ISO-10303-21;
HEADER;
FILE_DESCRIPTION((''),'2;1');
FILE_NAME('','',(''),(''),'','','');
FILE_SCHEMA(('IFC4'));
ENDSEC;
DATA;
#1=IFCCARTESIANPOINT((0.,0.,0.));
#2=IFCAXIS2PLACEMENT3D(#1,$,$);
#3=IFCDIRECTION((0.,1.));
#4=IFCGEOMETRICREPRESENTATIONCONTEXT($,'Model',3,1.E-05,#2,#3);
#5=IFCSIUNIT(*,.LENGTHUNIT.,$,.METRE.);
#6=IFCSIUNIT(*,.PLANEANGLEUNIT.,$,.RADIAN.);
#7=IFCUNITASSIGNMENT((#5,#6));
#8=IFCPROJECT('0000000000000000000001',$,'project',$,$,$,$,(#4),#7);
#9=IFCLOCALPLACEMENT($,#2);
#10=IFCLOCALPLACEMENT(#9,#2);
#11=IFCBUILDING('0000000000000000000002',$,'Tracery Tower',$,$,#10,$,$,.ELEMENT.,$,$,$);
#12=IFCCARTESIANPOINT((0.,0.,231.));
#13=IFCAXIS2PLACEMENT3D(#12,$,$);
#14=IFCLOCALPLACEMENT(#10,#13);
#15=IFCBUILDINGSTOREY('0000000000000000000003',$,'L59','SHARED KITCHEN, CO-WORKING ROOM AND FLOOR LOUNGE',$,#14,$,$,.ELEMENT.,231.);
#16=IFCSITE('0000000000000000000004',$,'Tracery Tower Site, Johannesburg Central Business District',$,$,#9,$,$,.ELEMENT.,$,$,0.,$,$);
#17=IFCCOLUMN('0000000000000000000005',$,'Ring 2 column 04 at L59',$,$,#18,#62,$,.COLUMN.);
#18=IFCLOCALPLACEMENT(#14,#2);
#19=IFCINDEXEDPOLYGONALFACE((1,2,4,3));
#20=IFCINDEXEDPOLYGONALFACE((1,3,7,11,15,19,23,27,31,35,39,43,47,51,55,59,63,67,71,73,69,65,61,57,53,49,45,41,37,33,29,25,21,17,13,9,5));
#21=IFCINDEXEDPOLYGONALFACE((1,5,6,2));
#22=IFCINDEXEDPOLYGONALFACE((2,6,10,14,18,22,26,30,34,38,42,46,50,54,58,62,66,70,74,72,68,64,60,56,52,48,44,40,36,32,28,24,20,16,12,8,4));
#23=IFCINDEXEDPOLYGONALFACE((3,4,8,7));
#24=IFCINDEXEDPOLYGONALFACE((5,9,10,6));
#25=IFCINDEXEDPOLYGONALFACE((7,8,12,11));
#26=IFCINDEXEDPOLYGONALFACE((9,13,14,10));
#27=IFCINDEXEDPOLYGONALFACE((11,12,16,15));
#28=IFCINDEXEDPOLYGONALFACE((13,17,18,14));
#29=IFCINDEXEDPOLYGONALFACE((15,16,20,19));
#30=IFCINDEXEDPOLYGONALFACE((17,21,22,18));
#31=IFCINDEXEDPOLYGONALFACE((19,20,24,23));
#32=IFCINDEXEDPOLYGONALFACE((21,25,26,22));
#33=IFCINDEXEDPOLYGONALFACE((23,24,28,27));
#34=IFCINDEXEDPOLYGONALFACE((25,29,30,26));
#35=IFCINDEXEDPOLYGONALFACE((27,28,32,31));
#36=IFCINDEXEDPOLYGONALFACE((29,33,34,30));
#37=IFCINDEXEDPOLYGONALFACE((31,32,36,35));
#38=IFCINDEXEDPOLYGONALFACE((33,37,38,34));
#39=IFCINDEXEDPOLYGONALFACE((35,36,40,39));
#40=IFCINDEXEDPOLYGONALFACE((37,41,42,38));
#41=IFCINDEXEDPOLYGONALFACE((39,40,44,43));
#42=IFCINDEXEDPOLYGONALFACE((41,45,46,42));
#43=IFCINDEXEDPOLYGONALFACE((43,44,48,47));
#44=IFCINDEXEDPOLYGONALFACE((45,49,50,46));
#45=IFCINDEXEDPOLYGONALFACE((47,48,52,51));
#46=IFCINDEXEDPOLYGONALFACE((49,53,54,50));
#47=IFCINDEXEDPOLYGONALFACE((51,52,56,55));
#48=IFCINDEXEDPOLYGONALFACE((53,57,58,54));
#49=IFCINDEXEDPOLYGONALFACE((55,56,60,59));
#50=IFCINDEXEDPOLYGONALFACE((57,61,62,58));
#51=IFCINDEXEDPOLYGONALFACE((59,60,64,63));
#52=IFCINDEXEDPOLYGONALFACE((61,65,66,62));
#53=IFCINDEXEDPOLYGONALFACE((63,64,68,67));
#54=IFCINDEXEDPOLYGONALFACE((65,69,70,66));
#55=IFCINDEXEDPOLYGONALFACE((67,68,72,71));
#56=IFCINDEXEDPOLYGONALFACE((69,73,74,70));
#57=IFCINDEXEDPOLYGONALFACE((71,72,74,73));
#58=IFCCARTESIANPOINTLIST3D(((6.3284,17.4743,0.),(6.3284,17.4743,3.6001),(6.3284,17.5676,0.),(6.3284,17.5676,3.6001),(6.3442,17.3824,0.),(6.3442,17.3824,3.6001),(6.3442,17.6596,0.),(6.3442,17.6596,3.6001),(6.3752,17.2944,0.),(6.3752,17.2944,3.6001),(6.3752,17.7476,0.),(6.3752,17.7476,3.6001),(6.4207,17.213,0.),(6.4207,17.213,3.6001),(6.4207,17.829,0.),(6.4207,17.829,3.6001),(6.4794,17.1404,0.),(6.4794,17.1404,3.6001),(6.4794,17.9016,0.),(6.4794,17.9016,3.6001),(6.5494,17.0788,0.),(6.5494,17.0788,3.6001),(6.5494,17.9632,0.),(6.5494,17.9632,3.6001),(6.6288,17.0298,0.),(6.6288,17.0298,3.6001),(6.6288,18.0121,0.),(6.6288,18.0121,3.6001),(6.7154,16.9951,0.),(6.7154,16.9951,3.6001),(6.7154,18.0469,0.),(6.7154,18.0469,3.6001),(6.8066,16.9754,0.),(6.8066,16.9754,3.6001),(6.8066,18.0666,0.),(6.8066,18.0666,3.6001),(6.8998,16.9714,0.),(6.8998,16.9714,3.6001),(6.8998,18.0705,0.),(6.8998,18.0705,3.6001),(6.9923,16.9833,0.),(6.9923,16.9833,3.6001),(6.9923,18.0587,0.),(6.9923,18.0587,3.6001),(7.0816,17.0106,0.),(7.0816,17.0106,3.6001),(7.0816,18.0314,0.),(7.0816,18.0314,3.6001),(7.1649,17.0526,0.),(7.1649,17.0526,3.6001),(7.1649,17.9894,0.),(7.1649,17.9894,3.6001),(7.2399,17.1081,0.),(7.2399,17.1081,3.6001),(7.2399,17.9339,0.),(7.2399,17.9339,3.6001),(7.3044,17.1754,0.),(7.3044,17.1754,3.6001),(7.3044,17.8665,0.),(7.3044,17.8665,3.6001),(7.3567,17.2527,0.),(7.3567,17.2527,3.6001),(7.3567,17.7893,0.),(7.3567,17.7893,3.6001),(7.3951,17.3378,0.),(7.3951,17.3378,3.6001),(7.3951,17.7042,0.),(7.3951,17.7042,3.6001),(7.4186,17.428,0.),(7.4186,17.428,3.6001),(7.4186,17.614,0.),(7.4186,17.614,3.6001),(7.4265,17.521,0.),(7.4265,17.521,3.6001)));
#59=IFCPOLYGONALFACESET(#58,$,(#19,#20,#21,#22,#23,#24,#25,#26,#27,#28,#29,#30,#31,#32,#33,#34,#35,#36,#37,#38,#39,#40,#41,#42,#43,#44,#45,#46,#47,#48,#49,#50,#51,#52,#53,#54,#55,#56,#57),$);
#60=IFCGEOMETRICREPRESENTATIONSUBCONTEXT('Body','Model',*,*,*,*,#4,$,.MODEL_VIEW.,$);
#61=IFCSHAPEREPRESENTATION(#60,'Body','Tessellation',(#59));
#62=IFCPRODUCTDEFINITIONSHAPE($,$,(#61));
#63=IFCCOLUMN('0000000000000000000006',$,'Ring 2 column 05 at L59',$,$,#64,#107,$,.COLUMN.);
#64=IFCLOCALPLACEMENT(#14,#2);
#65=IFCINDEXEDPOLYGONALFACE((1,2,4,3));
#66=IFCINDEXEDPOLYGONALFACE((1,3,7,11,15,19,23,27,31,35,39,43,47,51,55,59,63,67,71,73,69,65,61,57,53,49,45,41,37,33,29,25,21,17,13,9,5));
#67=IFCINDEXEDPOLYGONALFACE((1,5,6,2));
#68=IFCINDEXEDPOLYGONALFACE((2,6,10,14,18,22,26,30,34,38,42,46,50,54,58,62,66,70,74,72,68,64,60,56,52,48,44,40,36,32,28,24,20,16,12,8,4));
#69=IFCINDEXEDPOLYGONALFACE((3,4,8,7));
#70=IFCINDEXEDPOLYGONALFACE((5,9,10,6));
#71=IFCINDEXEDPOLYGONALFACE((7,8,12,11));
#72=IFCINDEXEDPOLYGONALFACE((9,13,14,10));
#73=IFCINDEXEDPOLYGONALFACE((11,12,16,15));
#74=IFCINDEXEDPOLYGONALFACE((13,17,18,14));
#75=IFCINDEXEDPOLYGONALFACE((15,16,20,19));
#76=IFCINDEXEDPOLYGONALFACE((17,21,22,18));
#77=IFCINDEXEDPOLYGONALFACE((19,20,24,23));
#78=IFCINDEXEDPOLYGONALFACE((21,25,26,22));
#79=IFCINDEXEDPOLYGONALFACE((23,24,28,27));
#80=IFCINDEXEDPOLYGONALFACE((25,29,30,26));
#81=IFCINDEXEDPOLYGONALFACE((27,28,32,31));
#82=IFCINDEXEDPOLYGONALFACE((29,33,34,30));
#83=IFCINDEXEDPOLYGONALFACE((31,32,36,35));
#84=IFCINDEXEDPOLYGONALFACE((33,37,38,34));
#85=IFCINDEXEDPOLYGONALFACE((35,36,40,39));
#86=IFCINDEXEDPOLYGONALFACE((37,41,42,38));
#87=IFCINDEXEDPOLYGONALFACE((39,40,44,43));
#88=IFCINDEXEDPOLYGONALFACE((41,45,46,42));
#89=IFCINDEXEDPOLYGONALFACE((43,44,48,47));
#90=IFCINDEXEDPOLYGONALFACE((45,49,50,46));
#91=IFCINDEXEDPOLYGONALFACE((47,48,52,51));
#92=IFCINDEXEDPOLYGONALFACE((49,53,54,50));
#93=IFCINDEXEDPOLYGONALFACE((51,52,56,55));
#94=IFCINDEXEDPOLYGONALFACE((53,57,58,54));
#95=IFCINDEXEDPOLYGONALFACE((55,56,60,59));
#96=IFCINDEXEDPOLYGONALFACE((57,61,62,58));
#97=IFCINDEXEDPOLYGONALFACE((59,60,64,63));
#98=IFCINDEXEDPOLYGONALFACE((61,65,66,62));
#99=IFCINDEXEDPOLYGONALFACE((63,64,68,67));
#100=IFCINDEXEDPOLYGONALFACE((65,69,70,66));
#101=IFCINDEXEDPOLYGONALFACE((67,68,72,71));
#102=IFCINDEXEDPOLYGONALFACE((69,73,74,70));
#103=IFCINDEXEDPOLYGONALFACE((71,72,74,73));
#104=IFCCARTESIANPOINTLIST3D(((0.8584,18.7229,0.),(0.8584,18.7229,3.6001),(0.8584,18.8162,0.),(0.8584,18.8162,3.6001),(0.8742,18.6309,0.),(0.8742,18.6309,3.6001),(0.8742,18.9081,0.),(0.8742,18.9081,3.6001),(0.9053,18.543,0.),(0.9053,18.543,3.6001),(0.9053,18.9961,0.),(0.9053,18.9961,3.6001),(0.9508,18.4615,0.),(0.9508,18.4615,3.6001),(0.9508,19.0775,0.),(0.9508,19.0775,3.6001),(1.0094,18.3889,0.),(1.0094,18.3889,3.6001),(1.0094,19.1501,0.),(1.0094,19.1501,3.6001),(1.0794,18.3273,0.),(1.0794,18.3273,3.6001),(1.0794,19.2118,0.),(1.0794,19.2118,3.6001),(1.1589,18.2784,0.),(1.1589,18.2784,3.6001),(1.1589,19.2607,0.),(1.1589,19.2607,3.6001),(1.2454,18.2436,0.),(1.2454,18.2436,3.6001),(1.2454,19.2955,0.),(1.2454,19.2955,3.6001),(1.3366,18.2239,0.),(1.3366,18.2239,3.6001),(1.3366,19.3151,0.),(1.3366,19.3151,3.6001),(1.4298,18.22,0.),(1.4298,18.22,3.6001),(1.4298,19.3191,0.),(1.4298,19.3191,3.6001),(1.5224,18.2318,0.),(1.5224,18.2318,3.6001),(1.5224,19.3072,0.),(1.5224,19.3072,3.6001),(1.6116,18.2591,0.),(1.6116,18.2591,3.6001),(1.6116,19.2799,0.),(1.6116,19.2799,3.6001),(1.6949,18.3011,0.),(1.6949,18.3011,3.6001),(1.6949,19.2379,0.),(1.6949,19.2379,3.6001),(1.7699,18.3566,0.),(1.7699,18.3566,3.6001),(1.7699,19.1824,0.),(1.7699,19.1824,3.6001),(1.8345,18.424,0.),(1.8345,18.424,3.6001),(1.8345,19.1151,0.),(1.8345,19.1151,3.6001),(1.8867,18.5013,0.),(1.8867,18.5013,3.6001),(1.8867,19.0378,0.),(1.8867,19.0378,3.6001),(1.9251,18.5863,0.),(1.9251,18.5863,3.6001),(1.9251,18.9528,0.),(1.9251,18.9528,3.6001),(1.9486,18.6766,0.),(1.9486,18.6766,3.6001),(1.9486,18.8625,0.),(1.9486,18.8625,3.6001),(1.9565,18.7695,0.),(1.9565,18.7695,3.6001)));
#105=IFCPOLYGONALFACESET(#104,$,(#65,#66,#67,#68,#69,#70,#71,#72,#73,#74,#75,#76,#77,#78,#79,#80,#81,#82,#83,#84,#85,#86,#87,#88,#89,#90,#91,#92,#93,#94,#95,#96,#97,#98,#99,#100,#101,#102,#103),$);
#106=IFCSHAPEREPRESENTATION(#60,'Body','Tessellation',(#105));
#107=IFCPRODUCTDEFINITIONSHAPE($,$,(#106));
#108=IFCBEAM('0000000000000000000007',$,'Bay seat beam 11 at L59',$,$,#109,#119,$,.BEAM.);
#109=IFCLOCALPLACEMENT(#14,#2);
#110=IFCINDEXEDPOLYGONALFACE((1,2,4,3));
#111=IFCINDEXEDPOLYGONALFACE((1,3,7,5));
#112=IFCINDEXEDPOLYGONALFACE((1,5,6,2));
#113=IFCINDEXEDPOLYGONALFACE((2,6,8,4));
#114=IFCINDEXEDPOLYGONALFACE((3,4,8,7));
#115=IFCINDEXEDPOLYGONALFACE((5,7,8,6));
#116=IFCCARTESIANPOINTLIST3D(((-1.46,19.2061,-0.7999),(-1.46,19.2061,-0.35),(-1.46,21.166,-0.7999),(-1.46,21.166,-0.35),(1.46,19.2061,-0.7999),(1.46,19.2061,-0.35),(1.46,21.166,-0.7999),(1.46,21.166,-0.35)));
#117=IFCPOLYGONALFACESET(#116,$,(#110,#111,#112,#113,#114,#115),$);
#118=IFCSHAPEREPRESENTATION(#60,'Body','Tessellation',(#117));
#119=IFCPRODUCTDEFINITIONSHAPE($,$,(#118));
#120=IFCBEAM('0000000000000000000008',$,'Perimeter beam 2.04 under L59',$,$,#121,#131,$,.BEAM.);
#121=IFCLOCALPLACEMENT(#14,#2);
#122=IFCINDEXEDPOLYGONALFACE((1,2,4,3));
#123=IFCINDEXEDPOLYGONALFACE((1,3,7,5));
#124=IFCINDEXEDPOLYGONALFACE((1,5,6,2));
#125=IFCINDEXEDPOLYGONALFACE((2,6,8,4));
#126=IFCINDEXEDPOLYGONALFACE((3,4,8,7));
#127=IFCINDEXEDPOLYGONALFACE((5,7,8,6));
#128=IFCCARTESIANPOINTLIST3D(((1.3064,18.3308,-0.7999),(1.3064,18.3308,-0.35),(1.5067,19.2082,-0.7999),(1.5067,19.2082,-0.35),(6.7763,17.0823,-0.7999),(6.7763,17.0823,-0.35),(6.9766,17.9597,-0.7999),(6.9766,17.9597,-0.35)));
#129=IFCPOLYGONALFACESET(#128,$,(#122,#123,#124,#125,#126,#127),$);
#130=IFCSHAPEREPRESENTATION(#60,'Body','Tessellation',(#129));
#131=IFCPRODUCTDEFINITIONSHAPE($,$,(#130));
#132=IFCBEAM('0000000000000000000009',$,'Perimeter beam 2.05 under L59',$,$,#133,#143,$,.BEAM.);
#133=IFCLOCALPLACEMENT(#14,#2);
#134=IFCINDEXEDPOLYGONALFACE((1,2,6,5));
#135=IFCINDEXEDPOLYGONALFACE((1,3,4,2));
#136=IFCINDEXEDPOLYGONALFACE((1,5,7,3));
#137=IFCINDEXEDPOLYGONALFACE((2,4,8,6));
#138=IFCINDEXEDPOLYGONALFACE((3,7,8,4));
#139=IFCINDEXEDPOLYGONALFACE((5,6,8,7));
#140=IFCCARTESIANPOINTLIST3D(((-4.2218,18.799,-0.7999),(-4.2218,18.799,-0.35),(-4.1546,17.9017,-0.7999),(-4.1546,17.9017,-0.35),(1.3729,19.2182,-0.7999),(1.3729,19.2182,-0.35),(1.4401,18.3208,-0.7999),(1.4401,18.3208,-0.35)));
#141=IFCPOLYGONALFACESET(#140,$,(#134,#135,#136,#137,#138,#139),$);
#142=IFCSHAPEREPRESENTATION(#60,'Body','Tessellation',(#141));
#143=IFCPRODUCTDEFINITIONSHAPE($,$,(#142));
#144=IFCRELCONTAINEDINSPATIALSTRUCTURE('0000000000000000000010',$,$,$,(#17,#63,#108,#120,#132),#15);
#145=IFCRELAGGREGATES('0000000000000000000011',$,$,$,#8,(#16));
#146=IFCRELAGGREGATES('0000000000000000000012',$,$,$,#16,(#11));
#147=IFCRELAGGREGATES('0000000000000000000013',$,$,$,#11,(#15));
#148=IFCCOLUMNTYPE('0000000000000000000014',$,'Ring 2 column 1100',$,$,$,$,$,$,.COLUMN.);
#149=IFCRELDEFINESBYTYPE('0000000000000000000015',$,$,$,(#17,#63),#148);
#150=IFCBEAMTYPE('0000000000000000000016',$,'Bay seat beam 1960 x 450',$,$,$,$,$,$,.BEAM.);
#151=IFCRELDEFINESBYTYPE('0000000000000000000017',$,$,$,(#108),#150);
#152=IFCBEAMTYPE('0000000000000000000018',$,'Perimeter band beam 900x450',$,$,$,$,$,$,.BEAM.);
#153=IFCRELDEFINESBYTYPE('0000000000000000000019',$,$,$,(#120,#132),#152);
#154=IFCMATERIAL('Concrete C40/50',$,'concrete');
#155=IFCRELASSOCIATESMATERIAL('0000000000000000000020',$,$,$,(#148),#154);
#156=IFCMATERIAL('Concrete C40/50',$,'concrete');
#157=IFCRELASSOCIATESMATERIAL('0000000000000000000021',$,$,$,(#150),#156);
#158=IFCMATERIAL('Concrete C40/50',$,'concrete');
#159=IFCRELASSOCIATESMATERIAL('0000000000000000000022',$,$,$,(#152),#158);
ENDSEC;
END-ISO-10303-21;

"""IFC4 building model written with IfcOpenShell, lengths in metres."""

from ifc_helpers import new_model, si_unit, direction, frame, origin, origin_2d, place, context, subcontext, project, spatial, rectangle, circle, extrude, material, material_profile, profile_set, type_object, element, save


model = new_model("IFC4")

# Units and contexts
model_context = context("Model", 3, precision=1e-05, world=origin(), true_north=direction((0.0, 1.0)))
body_context = subcontext(model_context, "Body", "Model", "MODEL_VIEW")
ifc_project = project(units=[si_unit("LENGTHUNIT", "METRE"), si_unit("PLANEANGLEUNIT", "RADIAN")], contexts=[model_context])

# Site, building, storey
site_placement = place(None, origin())
site = spatial("IfcSite", under=ifc_project, at=site_placement, Name="Tracery Tower Site, Johannesburg Central Business District", CompositionType="ELEMENT", RefElevation=0.0)
building_placement = place(site_placement, origin())
building = spatial("IfcBuilding", under=site, at=building_placement, Name="Tracery Tower", CompositionType="ELEMENT")
storey_placement = place(building_placement, frame((0.0, 0.0, 231.0)))
storey = spatial("IfcBuildingStorey", under=building, at=storey_placement, Name="L59", Description="SHARED KITCHEN, CO-WORKING ROOM AND FLOOR LOUNGE", CompositionType="ELEMENT", Elevation=231.0)

# Columns
ifc_material_1 = material(Name="Concrete C40/50", Category="concrete")
ifc_material_profile_1 = material_profile(ifc_material_1, circle(Radius=0.55, at=origin_2d()), Name="RC D1100")
ifc_profile_set_1 = profile_set([ifc_material_profile_1], Name="Concrete C40/50")
column_type = type_object("IfcColumnType", Name="Ring 2 column 1100", PredefinedType="COLUMN", material=ifc_profile_set_1)
for number, where, z_axis, x_axis, name in (
    (1, (6.8765, 17.521, 0.0), (0.0, 0.0, 1.0), (1.0, 0.0, 0.0), "Ring 2 column 04 at L59"),
    (2, (1.4065, 18.7695, 0.0), (0.0, 0.0, 1.0), (1.0, 0.0, 0.0), "Ring 2 column 05 at L59"),
):
    element("IfcColumn", number, at=place(storey_placement, frame(where, z_axis=z_axis, x_axis=x_axis)), inside=storey, type_object=column_type, Name=name, PredefinedType="COLUMN", context=body_context, shape_type="SweptSolid", body=[
        extrude(circle(Radius=0.55, at=origin_2d()), origin(), (0.0, 0.0, 1.0), 3.6001),
    ])

# Beams
ifc_material_2 = material(Name="Concrete C40/50", Category="concrete")
ifc_material_profile_2 = material_profile(ifc_material_2, rectangle(XDim=1.96, YDim=0.45, at=origin_2d()), Name="RC 1960x450")
ifc_profile_set_2 = profile_set([ifc_material_profile_2], Name="Concrete C40/50")
beam_type_1 = type_object("IfcBeamType", Name="Bay seat beam 1960 x 450", PredefinedType="BEAM", material=ifc_profile_set_2)
beam_1_placement = place(storey_placement, frame((1.46, 20.186, -0.575), z_axis=(-1.0, 0.0, 0.0), x_axis=(0.0, -1.0, 0.0)))
element("IfcBeam", 3, at=beam_1_placement, inside=storey, type_object=beam_type_1, Name="Bay seat beam 11 at L59", PredefinedType="BEAM", context=body_context, shape_type="SweptSolid", body=[
    extrude(rectangle(XDim=1.96, YDim=0.45, at=origin_2d()), origin(), (0.0, 0.0, 1.0), 2.9199),
])
ifc_material_3 = material(Name="Concrete C40/50", Category="concrete")
ifc_material_profile_3 = material_profile(ifc_material_3, rectangle(XDim=0.8999, YDim=0.45, at=origin_2d()), Name="RC 900x450")
ifc_profile_set_3 = profile_set([ifc_material_profile_3], Name="Concrete C40/50")
beam_type_2 = type_object("IfcBeamType", Name="Perimeter band beam 900x450", PredefinedType="BEAM", material=ifc_profile_set_3)
beam_2_placement = place(storey_placement, frame((6.8765, 17.521, -0.575), z_axis=(-0.974926, 0.222529, 0.0), x_axis=(-0.222529, -0.974926, 0.0)))
element("IfcBeam", 4, at=beam_2_placement, inside=storey, type_object=beam_type_2, Name="Perimeter beam 2.04 under L59", PredefinedType="BEAM", context=body_context, shape_type="SweptSolid", body=[
    extrude(rectangle(XDim=0.8999, YDim=0.45, at=origin_2d()), origin(), (0.0, 0.0, 1.0), 5.6106),
])
beam_3_placement = place(storey_placement, frame((1.4065, 18.7695, -0.575), z_axis=(-0.997205, -0.074716, 0.0), x_axis=(0.074716, -0.997205, 0.0)))
element("IfcBeam", 5, at=beam_3_placement, inside=storey, type_object=beam_type_2, Name="Perimeter beam 2.05 under L59", PredefinedType="BEAM", context=body_context, shape_type="SweptSolid", body=[
    extrude(rectangle(XDim=0.8999, YDim=0.45, at=origin_2d()), origin(), (0.0, 0.0, 1.0), 5.6104),
])

save(model, "model.ifc")
